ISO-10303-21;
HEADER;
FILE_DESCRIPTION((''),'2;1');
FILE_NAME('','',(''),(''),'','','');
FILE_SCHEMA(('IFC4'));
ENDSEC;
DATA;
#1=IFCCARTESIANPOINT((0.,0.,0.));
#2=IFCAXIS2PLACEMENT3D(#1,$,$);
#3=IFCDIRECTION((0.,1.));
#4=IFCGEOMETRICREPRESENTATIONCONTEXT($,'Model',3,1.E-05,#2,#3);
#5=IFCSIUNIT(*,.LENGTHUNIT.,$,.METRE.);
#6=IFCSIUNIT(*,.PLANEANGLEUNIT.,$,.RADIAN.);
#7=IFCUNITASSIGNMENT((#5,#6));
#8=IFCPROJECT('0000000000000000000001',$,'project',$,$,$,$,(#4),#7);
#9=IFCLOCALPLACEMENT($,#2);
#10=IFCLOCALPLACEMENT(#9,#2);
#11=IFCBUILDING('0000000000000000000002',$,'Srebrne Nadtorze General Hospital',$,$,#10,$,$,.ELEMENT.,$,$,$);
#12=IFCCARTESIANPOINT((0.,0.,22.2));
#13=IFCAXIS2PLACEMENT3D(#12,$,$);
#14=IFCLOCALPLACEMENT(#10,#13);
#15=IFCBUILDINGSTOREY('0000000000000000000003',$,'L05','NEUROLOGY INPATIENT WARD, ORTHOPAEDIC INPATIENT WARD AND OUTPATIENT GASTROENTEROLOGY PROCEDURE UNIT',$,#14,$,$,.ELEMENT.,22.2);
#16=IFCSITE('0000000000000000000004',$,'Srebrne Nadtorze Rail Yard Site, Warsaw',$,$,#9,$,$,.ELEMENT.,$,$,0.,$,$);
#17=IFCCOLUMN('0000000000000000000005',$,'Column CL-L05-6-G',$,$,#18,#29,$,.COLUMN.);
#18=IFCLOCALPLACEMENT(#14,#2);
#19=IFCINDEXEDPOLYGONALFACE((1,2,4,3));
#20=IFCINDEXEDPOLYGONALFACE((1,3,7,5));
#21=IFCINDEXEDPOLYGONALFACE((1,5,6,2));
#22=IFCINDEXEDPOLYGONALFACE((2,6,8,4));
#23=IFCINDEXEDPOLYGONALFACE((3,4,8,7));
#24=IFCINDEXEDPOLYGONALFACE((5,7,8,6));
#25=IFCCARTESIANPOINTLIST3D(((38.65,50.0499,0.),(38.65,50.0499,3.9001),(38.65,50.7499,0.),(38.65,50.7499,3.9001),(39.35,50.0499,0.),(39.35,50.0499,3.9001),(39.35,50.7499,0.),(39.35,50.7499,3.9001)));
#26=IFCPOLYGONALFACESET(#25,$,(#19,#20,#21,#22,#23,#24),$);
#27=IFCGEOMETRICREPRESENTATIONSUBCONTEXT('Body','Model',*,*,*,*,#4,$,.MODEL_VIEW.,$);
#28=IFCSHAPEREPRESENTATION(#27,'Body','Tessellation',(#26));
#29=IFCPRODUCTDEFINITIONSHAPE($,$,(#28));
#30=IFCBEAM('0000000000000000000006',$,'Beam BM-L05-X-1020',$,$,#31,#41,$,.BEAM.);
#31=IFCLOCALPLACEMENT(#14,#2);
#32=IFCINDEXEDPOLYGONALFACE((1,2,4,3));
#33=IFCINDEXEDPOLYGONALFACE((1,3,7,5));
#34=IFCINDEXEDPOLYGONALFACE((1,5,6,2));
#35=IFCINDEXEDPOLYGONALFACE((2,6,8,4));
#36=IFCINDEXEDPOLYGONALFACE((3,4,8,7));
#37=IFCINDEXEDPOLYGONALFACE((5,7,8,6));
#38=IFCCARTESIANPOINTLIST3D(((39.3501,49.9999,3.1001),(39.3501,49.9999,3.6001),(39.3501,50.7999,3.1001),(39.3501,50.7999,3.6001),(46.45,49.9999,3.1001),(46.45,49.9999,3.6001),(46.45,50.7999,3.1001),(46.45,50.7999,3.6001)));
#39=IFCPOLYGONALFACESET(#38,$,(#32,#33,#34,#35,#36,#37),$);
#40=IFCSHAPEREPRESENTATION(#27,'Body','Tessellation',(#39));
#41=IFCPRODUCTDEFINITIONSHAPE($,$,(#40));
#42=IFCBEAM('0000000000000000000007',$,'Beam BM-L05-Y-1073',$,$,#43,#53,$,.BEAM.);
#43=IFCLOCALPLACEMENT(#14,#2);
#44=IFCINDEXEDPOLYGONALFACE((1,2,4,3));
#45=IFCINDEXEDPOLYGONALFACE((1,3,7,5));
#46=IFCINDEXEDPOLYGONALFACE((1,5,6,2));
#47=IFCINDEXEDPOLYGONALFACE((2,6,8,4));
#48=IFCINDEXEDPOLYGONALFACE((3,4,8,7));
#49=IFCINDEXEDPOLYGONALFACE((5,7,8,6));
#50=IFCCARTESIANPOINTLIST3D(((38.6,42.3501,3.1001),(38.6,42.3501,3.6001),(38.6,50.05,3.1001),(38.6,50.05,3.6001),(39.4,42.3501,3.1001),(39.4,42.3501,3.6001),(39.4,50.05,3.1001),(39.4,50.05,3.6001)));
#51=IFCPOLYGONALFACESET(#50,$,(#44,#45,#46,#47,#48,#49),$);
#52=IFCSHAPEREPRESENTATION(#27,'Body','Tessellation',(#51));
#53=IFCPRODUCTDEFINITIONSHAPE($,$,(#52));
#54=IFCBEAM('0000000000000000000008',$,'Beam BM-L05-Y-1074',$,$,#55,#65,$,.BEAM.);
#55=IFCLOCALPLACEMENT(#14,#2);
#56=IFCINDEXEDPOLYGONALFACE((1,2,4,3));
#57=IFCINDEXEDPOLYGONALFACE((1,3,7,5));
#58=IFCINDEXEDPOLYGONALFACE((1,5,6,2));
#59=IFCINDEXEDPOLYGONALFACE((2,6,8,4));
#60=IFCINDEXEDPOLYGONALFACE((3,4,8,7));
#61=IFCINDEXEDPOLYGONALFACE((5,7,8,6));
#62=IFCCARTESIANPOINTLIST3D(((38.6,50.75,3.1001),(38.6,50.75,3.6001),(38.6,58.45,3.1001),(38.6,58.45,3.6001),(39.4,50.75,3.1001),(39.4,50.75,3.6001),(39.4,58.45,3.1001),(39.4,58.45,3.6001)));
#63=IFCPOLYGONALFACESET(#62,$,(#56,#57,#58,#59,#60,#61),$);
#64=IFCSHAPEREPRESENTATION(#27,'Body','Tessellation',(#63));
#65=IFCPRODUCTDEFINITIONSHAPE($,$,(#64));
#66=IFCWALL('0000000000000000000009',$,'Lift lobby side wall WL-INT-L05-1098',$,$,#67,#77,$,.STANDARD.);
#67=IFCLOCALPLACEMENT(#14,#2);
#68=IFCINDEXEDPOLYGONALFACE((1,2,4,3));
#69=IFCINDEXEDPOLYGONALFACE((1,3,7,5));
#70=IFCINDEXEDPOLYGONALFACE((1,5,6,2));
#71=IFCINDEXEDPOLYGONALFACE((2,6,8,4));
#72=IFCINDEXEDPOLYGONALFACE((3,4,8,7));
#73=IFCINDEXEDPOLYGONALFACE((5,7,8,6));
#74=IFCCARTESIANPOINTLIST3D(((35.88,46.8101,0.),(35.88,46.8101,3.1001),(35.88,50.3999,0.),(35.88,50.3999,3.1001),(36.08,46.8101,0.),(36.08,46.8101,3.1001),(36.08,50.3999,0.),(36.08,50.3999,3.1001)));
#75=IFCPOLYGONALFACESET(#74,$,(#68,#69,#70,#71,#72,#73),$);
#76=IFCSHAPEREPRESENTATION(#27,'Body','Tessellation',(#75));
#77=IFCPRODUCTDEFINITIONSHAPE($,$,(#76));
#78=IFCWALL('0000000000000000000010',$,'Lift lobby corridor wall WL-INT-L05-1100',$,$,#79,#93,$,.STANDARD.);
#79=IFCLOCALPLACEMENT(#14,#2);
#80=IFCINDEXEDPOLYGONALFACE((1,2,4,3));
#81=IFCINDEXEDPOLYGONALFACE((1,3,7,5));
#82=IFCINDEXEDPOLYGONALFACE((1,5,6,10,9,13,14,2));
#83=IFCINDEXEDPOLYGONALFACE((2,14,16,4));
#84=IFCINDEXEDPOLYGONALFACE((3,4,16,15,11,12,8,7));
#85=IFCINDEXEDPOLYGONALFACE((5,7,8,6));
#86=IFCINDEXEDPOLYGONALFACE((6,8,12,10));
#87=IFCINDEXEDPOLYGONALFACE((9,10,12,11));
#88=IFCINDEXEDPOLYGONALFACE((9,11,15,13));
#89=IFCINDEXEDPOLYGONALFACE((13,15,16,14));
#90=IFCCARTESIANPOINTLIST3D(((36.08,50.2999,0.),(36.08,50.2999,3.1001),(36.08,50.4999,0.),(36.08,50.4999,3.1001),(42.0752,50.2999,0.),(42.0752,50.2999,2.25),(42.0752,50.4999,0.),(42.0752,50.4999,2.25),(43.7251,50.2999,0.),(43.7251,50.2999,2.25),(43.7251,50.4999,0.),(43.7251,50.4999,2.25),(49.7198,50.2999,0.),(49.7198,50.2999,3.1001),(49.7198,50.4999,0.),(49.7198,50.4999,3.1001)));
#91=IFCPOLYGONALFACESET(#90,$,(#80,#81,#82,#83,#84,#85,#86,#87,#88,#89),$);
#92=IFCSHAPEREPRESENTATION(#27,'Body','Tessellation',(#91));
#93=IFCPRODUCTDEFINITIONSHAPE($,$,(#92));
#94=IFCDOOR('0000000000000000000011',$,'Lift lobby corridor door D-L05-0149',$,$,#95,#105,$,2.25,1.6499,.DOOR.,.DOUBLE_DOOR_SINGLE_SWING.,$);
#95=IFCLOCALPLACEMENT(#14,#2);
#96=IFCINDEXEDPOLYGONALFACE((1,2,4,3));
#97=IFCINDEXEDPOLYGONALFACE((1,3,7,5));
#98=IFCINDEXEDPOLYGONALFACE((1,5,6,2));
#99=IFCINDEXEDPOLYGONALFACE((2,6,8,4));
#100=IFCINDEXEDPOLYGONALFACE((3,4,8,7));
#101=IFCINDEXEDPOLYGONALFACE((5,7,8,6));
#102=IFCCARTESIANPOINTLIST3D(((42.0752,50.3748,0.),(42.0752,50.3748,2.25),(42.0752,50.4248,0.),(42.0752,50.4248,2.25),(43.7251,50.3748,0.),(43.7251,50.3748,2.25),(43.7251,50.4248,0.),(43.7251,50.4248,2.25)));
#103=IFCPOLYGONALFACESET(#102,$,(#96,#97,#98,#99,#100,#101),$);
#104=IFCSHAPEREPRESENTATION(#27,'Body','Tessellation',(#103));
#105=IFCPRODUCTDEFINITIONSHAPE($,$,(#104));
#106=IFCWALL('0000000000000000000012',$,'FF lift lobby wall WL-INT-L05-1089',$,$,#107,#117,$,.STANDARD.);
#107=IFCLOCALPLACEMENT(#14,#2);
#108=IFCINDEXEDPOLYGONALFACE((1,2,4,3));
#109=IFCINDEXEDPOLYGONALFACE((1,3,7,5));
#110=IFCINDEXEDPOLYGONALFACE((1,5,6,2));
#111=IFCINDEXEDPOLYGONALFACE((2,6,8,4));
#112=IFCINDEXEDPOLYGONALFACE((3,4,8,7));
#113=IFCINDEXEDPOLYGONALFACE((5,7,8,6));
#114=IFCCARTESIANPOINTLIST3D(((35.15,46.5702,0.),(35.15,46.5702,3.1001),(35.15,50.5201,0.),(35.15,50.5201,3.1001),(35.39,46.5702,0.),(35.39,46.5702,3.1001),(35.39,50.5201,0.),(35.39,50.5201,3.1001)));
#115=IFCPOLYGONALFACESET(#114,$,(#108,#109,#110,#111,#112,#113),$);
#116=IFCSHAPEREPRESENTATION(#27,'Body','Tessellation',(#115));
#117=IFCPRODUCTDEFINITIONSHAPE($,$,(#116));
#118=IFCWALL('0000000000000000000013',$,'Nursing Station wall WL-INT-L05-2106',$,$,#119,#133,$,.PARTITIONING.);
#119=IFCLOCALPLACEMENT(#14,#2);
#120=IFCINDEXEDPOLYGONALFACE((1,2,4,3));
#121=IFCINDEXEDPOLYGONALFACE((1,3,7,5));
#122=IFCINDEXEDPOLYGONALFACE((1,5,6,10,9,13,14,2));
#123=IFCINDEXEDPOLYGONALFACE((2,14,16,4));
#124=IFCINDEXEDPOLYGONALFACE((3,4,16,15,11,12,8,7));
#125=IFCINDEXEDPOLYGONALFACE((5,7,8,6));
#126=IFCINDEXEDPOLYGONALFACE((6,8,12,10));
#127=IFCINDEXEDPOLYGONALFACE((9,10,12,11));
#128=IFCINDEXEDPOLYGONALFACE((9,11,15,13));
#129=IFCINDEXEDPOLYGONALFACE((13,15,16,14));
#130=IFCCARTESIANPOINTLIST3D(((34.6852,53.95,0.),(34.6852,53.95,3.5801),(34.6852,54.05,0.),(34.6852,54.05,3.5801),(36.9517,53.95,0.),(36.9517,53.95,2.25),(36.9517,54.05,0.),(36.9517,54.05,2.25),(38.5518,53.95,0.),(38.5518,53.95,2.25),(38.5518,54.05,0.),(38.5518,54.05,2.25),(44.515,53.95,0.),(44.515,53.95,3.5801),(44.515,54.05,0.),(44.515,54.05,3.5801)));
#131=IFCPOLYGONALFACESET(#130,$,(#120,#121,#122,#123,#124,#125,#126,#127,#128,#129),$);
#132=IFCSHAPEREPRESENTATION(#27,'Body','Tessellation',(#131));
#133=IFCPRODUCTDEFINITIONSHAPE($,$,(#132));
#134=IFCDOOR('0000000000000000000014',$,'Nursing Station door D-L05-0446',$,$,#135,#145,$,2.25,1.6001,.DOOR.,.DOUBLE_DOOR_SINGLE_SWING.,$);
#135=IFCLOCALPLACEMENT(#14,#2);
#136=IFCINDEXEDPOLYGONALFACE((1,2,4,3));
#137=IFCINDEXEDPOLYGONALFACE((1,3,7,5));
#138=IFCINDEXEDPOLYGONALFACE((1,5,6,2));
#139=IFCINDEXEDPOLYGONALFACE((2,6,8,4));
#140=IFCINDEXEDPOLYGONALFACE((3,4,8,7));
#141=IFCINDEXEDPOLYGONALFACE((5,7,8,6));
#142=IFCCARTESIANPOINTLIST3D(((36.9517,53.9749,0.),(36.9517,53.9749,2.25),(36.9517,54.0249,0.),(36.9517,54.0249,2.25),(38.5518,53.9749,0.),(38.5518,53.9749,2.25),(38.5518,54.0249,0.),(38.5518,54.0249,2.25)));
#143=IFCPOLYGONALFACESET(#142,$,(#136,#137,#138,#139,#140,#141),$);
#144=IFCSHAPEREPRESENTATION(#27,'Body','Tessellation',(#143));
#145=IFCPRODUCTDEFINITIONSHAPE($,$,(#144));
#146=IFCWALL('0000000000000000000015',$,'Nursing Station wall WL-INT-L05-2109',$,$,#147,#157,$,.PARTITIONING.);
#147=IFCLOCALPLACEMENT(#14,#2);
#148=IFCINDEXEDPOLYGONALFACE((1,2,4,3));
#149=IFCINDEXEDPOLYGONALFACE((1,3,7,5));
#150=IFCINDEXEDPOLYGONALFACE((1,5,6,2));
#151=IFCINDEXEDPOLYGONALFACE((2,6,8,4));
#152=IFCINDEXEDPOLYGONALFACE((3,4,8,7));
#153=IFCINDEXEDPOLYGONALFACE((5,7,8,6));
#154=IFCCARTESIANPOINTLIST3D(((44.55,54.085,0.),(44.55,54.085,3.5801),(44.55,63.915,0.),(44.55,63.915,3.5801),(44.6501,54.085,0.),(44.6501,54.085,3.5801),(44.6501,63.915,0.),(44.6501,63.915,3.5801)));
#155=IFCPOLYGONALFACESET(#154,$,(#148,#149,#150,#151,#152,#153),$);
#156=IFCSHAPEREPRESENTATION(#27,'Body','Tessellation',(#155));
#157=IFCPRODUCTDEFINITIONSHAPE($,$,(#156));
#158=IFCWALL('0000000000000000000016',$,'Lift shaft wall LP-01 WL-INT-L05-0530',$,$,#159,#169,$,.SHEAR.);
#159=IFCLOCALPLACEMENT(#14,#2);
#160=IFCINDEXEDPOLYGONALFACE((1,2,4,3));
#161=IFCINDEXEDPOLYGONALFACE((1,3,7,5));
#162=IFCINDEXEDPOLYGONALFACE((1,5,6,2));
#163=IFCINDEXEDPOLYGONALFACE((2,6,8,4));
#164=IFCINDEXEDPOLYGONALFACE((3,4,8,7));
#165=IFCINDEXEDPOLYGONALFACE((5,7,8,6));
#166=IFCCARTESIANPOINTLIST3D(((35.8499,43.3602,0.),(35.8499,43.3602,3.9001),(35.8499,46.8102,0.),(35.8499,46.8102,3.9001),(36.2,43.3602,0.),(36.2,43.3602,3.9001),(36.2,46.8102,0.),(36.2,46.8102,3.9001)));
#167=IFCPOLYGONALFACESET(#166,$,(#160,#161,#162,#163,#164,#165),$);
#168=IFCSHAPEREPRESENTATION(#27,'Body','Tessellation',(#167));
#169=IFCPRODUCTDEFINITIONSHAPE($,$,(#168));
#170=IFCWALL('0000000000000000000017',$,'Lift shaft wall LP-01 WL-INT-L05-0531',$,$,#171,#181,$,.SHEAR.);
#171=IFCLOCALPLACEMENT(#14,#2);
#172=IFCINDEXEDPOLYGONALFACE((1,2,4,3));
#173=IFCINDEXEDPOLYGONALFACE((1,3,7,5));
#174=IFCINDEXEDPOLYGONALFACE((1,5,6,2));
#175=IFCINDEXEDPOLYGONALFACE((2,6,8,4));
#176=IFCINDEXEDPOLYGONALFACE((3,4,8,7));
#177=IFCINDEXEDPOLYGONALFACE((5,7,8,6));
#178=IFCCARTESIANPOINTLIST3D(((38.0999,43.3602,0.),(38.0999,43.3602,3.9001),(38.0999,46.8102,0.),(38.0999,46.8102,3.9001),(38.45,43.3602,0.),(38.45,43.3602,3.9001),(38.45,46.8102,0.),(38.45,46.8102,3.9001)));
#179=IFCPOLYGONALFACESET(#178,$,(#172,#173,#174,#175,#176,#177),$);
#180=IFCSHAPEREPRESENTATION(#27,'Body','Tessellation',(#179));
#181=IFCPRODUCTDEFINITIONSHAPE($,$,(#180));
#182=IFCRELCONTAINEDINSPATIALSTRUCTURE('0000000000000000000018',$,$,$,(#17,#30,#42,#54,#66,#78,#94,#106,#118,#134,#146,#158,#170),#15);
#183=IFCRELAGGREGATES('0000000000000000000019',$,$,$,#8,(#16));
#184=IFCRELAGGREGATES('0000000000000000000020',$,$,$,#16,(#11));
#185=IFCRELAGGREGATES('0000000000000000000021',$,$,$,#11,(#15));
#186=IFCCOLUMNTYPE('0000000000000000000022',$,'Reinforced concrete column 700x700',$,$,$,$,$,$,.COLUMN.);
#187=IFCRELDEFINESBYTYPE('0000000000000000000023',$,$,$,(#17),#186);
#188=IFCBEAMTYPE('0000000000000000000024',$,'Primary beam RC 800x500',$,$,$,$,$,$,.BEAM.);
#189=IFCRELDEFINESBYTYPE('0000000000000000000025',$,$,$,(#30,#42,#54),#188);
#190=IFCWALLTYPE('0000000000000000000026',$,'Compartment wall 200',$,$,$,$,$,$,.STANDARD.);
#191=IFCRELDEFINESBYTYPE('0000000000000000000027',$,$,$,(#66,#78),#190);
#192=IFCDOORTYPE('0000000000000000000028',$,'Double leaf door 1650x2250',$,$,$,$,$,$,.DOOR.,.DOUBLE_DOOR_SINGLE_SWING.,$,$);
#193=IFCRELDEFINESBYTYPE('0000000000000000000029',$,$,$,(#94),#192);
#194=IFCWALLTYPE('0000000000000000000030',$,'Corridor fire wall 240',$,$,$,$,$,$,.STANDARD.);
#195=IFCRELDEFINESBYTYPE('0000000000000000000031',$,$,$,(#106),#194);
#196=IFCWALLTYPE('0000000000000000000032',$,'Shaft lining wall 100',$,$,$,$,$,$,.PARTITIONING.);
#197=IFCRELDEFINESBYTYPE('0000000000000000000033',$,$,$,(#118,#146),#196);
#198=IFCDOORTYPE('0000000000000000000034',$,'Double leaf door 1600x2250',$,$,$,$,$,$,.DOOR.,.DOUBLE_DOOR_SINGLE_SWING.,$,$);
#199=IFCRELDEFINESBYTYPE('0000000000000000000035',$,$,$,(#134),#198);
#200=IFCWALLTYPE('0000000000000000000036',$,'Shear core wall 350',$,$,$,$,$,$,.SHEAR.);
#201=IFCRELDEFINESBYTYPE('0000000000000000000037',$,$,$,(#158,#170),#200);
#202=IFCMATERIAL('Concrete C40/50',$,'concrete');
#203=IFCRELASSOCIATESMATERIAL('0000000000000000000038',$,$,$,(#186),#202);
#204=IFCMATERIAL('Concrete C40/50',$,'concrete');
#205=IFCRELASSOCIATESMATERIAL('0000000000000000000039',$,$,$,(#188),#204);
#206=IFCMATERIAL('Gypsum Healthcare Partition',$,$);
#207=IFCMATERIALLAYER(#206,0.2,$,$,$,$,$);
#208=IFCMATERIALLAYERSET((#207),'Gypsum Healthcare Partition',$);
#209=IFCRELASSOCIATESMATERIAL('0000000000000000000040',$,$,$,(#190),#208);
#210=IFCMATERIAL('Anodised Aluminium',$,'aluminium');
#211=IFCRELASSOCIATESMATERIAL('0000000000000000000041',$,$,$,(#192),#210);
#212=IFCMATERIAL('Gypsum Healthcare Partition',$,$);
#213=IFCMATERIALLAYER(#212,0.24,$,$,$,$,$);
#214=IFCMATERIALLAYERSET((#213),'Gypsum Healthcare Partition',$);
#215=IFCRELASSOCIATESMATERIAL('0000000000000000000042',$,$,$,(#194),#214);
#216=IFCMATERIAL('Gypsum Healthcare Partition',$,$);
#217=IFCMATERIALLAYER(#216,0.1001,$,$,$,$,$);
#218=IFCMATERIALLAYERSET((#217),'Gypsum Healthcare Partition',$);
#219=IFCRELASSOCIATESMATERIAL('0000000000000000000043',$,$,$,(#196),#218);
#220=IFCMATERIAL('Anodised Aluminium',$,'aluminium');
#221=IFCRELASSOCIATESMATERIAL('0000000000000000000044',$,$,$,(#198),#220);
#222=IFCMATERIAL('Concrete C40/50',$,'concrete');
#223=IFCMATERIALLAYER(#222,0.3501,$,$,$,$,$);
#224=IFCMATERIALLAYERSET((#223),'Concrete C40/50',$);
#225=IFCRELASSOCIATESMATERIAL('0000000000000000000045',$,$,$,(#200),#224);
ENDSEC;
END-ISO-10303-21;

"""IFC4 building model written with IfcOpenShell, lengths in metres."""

from ifc_helpers import new_model, si_unit, direction, frame, frame_2d, origin, origin_2d, place, context, subcontext, project, spatial, rectangle, extrude, material, layer, layer_set, material_profile, profile_set, type_object, element, fill, save


model = new_model("IFC4")

# Units and contexts
model_context = context("Model", 3, precision=1e-05, world=origin(), true_north=direction((0.0, 1.0)))
body_context = subcontext(model_context, "Body", "Model", "MODEL_VIEW")
ifc_project = project(units=[si_unit("LENGTHUNIT", "METRE"), si_unit("PLANEANGLEUNIT", "RADIAN")], contexts=[model_context])

# Site, building, storey
site_placement = place(None, origin())
site = spatial("IfcSite", under=ifc_project, at=site_placement, Name="Srebrne Nadtorze Rail Yard Site, Warsaw", CompositionType="ELEMENT", RefElevation=0.0)
building_placement = place(site_placement, origin())
building = spatial("IfcBuilding", under=site, at=building_placement, Name="Srebrne Nadtorze General Hospital", CompositionType="ELEMENT")
storey_placement = place(building_placement, frame((0.0, 0.0, 22.2)))
storey = spatial("IfcBuildingStorey", under=building, at=storey_placement, Name="L05", Description="NEUROLOGY INPATIENT WARD, ORTHOPAEDIC INPATIENT WARD AND OUTPATIENT GASTROENTEROLOGY PROCEDURE UNIT", CompositionType="ELEMENT", Elevation=22.2)

# Column
ifc_material_1 = material(Name="Concrete C40/50", Category="concrete")
ifc_material_profile_1 = material_profile(ifc_material_1, rectangle(XDim=0.7, YDim=0.7, at=origin_2d()), Name="RC-COL-700x700")
ifc_profile_set_1 = profile_set([ifc_material_profile_1], Name="Concrete C40/50")
column_type = type_object("IfcColumnType", Name="Reinforced concrete column 700x700", PredefinedType="COLUMN", material=ifc_profile_set_1)
column_placement = place(storey_placement, frame((39.0, 50.3999, 0.0), z_axis=(0.0, 0.0, 1.0), x_axis=(1.0, 0.0, 0.0)))
element("IfcColumn", 1, at=column_placement, inside=storey, type_object=column_type, Name="Column CL-L05-6-G", PredefinedType="COLUMN", context=body_context, shape_type="SweptSolid", body=[
    extrude(rectangle(XDim=0.7, YDim=0.7, at=origin_2d()), origin(), (0.0, 0.0, 1.0), 3.9001),
])

# Beams
ifc_material_2 = material(Name="Concrete C40/50", Category="concrete")
ifc_material_profile_2 = material_profile(ifc_material_2, rectangle(XDim=0.8, YDim=0.5, at=origin_2d()), Name="RC-BM-800x500")
ifc_profile_set_2 = profile_set([ifc_material_profile_2], Name="Concrete C40/50")
beam_type = type_object("IfcBeamType", Name="Primary beam RC 800x500", PredefinedType="BEAM", material=ifc_profile_set_2)
beam_placement = place(storey_placement, frame((39.3501, 50.3999, 3.3501), z_axis=(1.0, 0.0, 0.0), x_axis=(0.0, 1.0, 0.0)))
element("IfcBeam", 2, at=beam_placement, inside=storey, type_object=beam_type, Name="Beam BM-L05-X-1020", PredefinedType="BEAM", context=body_context, shape_type="SweptSolid", body=[
    extrude(rectangle(XDim=0.8, YDim=0.5, at=origin_2d()), origin(), (0.0, 0.0, 1.0), 7.0999),
])
for number, where, z_axis, x_axis, name in (
    (3, (39.0, 42.3501, 3.3501), (0.0, 1.0, 0.0), (-1.0, 0.0, 0.0), "Beam BM-L05-Y-1073"),
    (4, (39.0, 50.75, 3.3501), (0.0, 1.0, 0.0), (-1.0, 0.0, 0.0), "Beam BM-L05-Y-1074"),
):
    element("IfcBeam", number, at=place(storey_placement, frame(where, z_axis=z_axis, x_axis=x_axis)), inside=storey, type_object=beam_type, Name=name, PredefinedType="BEAM", context=body_context, shape_type="SweptSolid", body=[
        extrude(rectangle(XDim=0.8, YDim=0.5, at=origin_2d()), origin(), (0.0, 0.0, 1.0), 7.7),
    ])

# Wall
ifc_material_3 = material(Name="Gypsum Healthcare Partition")
ifc_layer_1 = layer(ifc_material_3, 0.2)
ifc_layer_set_1 = layer_set([ifc_layer_1], Name="Gypsum Healthcare Partition")
wall_type_1 = type_object("IfcWallType", Name="Compartment wall 200", PredefinedType="STANDARD", material=ifc_layer_set_1)
wall_1_placement = place(storey_placement, frame((35.98, 46.8101, 0.0), z_axis=(0.0, 0.0, 1.0), x_axis=(0.0, 1.0, 0.0)))
element("IfcWall", 5, at=wall_1_placement, inside=storey, type_object=wall_type_1, Name="Lift lobby side wall WL-INT-L05-1098", PredefinedType="STANDARD", context=body_context, shape_type="SweptSolid", body=[
    extrude(rectangle(XDim=3.5898, YDim=0.2, at=frame_2d((1.7949, 0.0))), origin(), (0.0, 0.0, 1.0), 3.1001),
])

# Wall, opening, door
wall_2_placement = place(storey_placement, frame((36.0801, 50.3999, 0.0), z_axis=(0.0, 0.0, 1.0), x_axis=(1.0, 0.0, 0.0)))
wall_2 = element("IfcWall", 6, at=wall_2_placement, inside=storey, type_object=wall_type_1, Name="Lift lobby corridor wall WL-INT-L05-1100", PredefinedType="STANDARD", context=body_context, shape_type="SweptSolid", body=[
    extrude(rectangle(XDim=13.6399, YDim=0.2, at=frame_2d((6.8198, 0.0))), origin(), (0.0, 0.0, 1.0), 3.1001),
])
opening_1_placement = place(wall_2_placement, frame((5.9951, 0.0, 0.0)))
opening_1 = element("IfcOpeningElement", 7, at=opening_1_placement, cuts=wall_2, PredefinedType="OPENING", context=body_context, shape_type="SweptSolid", body=[
    extrude(rectangle(XDim=1.6499, YDim=2.25, at=frame_2d((0.825, 1.125))), frame((0.0, 0.1118, 0.0), z_axis=(0.0, -1.0, 0.0), x_axis=(1.0, 0.0, 0.0)), (0.0, 0.0, 1.0), 0.2239),
])
ifc_material_4 = material(Name="Anodised Aluminium", Category="aluminium")
door_type_1 = type_object("IfcDoorType", Name="Double leaf door 1650x2250", OperationType="DOUBLE_DOOR_SINGLE_SWING", PredefinedType="DOOR", material=ifc_material_4)
door_1_placement = place(opening_1_placement, origin())
door_1 = element("IfcDoor", 8, at=door_1_placement, inside=storey, type_object=door_type_1, Name="Lift lobby corridor door D-L05-0149", OperationType="DOUBLE_DOOR_SINGLE_SWING", OverallHeight=2.25, OverallWidth=1.6499, PredefinedType="DOOR", context=body_context, shape_type="SweptSolid", body=[
    extrude(rectangle(XDim=1.6499, YDim=2.25, at=frame_2d((0.825, 1.125))), frame((0.0, 0.0249, 0.0), z_axis=(0.0, -1.0, 0.0), x_axis=(1.0, 0.0, 0.0)), (0.0, 0.0, 1.0), 0.05),
])
fill(opening_1, door_1)

# Wall
ifc_material_5 = material(Name="Gypsum Healthcare Partition")
ifc_layer_2 = layer(ifc_material_5, 0.24)
ifc_layer_set_2 = layer_set([ifc_layer_2], Name="Gypsum Healthcare Partition")
wall_type_2 = type_object("IfcWallType", Name="Corridor fire wall 240", PredefinedType="STANDARD", material=ifc_layer_set_2)
wall_3_placement = place(storey_placement, frame((35.27, 46.5701, 0.0), z_axis=(0.0, 0.0, 1.0), x_axis=(0.0, 1.0, 0.0)))
element("IfcWall", 9, at=wall_3_placement, inside=storey, type_object=wall_type_2, Name="FF lift lobby wall WL-INT-L05-1089", PredefinedType="STANDARD", context=body_context, shape_type="SweptSolid", body=[
    extrude(rectangle(XDim=3.95, YDim=0.24, at=frame_2d((1.9751, 0.0))), origin(), (0.0, 0.0, 1.0), 3.1001),
])

# Wall, opening, door
ifc_material_6 = material(Name="Gypsum Healthcare Partition")
ifc_layer_3 = layer(ifc_material_6, 0.1001)
ifc_layer_set_3 = layer_set([ifc_layer_3], Name="Gypsum Healthcare Partition")
wall_type_3 = type_object("IfcWallType", Name="Shaft lining wall 100", PredefinedType="PARTITIONING", material=ifc_layer_set_3)
wall_4_placement = place(storey_placement, frame((34.6851, 54.0, 0.0), z_axis=(0.0, 0.0, 1.0), x_axis=(1.0, 0.0, 0.0)))
wall_4 = element("IfcWall", 10, at=wall_4_placement, inside=storey, type_object=wall_type_3, Name="Nursing Station wall WL-INT-L05-2106", PredefinedType="PARTITIONING", context=body_context, shape_type="SweptSolid", body=[
    extrude(rectangle(XDim=9.8298, YDim=0.1001, at=frame_2d((4.915, 0.0))), origin(), (0.0, 0.0, 1.0), 3.5801),
])
opening_2_placement = place(wall_4_placement, frame((2.2666, 0.0, 0.0)))
opening_2 = element("IfcOpeningElement", 11, at=opening_2_placement, cuts=wall_4, PredefinedType="OPENING", context=body_context, shape_type="SweptSolid", body=[
    extrude(rectangle(XDim=1.6001, YDim=2.25, at=frame_2d((0.8, 1.125))), frame((0.0, 0.062, 0.0), z_axis=(0.0, -1.0, 0.0), x_axis=(1.0, 0.0, 0.0)), (0.0, 0.0, 1.0), 0.124),
])
ifc_material_7 = material(Name="Anodised Aluminium", Category="aluminium")
door_type_2 = type_object("IfcDoorType", Name="Double leaf door 1600x2250", OperationType="DOUBLE_DOOR_SINGLE_SWING", PredefinedType="DOOR", material=ifc_material_7)
door_2_placement = place(opening_2_placement, origin())
door_2 = element("IfcDoor", 12, at=door_2_placement, inside=storey, type_object=door_type_2, Name="Nursing Station door D-L05-0446", OperationType="DOUBLE_DOOR_SINGLE_SWING", OverallHeight=2.25, OverallWidth=1.6001, PredefinedType="DOOR", context=body_context, shape_type="SweptSolid", body=[
    extrude(rectangle(XDim=1.6001, YDim=2.25, at=frame_2d((0.8, 1.125))), frame((0.0, 0.0249, 0.0), z_axis=(0.0, -1.0, 0.0), x_axis=(1.0, 0.0, 0.0)), (0.0, 0.0, 1.0), 0.05),
])
fill(opening_2, door_2)

# Walls
wall_5_placement = place(storey_placement, frame((44.6001, 54.085, 0.0), z_axis=(0.0, 0.0, 1.0), x_axis=(0.0, 1.0, 0.0)))
element("IfcWall", 13, at=wall_5_placement, inside=storey, type_object=wall_type_3, Name="Nursing Station wall WL-INT-L05-2109", PredefinedType="PARTITIONING", context=body_context, shape_type="SweptSolid", body=[
    extrude(rectangle(XDim=9.8301, YDim=0.1001, at=frame_2d((4.915, 0.0))), origin(), (0.0, 0.0, 1.0), 3.5801),
])
ifc_material_8 = material(Name="Concrete C40/50", Category="concrete")
ifc_layer_4 = layer(ifc_material_8, 0.3501)
ifc_layer_set_4 = layer_set([ifc_layer_4], Name="Concrete C40/50")
wall_type_4 = type_object("IfcWallType", Name="Shear core wall 350", PredefinedType="SHEAR", material=ifc_layer_set_4)
for number, where, z_axis, x_axis, name in (
    (14, (36.0249, 43.3601, 0.0), (0.0, 0.0, 1.0), (0.0, 1.0, 0.0), "Lift shaft wall LP-01 WL-INT-L05-0530"),
    (15, (38.2749, 43.3601, 0.0), (0.0, 0.0, 1.0), (0.0, 1.0, 0.0), "Lift shaft wall LP-01 WL-INT-L05-0531"),
):
    element("IfcWall", number, at=place(storey_placement, frame(where, z_axis=z_axis, x_axis=x_axis)), inside=storey, type_object=wall_type_4, Name=name, PredefinedType="SHEAR", context=body_context, shape_type="SweptSolid", body=[
        extrude(rectangle(XDim=3.45, YDim=0.3501, at=frame_2d((1.7251, 0.0))), origin(), (0.0, 0.0, 1.0), 3.9001),
    ])

save(model, "model.ifc")
